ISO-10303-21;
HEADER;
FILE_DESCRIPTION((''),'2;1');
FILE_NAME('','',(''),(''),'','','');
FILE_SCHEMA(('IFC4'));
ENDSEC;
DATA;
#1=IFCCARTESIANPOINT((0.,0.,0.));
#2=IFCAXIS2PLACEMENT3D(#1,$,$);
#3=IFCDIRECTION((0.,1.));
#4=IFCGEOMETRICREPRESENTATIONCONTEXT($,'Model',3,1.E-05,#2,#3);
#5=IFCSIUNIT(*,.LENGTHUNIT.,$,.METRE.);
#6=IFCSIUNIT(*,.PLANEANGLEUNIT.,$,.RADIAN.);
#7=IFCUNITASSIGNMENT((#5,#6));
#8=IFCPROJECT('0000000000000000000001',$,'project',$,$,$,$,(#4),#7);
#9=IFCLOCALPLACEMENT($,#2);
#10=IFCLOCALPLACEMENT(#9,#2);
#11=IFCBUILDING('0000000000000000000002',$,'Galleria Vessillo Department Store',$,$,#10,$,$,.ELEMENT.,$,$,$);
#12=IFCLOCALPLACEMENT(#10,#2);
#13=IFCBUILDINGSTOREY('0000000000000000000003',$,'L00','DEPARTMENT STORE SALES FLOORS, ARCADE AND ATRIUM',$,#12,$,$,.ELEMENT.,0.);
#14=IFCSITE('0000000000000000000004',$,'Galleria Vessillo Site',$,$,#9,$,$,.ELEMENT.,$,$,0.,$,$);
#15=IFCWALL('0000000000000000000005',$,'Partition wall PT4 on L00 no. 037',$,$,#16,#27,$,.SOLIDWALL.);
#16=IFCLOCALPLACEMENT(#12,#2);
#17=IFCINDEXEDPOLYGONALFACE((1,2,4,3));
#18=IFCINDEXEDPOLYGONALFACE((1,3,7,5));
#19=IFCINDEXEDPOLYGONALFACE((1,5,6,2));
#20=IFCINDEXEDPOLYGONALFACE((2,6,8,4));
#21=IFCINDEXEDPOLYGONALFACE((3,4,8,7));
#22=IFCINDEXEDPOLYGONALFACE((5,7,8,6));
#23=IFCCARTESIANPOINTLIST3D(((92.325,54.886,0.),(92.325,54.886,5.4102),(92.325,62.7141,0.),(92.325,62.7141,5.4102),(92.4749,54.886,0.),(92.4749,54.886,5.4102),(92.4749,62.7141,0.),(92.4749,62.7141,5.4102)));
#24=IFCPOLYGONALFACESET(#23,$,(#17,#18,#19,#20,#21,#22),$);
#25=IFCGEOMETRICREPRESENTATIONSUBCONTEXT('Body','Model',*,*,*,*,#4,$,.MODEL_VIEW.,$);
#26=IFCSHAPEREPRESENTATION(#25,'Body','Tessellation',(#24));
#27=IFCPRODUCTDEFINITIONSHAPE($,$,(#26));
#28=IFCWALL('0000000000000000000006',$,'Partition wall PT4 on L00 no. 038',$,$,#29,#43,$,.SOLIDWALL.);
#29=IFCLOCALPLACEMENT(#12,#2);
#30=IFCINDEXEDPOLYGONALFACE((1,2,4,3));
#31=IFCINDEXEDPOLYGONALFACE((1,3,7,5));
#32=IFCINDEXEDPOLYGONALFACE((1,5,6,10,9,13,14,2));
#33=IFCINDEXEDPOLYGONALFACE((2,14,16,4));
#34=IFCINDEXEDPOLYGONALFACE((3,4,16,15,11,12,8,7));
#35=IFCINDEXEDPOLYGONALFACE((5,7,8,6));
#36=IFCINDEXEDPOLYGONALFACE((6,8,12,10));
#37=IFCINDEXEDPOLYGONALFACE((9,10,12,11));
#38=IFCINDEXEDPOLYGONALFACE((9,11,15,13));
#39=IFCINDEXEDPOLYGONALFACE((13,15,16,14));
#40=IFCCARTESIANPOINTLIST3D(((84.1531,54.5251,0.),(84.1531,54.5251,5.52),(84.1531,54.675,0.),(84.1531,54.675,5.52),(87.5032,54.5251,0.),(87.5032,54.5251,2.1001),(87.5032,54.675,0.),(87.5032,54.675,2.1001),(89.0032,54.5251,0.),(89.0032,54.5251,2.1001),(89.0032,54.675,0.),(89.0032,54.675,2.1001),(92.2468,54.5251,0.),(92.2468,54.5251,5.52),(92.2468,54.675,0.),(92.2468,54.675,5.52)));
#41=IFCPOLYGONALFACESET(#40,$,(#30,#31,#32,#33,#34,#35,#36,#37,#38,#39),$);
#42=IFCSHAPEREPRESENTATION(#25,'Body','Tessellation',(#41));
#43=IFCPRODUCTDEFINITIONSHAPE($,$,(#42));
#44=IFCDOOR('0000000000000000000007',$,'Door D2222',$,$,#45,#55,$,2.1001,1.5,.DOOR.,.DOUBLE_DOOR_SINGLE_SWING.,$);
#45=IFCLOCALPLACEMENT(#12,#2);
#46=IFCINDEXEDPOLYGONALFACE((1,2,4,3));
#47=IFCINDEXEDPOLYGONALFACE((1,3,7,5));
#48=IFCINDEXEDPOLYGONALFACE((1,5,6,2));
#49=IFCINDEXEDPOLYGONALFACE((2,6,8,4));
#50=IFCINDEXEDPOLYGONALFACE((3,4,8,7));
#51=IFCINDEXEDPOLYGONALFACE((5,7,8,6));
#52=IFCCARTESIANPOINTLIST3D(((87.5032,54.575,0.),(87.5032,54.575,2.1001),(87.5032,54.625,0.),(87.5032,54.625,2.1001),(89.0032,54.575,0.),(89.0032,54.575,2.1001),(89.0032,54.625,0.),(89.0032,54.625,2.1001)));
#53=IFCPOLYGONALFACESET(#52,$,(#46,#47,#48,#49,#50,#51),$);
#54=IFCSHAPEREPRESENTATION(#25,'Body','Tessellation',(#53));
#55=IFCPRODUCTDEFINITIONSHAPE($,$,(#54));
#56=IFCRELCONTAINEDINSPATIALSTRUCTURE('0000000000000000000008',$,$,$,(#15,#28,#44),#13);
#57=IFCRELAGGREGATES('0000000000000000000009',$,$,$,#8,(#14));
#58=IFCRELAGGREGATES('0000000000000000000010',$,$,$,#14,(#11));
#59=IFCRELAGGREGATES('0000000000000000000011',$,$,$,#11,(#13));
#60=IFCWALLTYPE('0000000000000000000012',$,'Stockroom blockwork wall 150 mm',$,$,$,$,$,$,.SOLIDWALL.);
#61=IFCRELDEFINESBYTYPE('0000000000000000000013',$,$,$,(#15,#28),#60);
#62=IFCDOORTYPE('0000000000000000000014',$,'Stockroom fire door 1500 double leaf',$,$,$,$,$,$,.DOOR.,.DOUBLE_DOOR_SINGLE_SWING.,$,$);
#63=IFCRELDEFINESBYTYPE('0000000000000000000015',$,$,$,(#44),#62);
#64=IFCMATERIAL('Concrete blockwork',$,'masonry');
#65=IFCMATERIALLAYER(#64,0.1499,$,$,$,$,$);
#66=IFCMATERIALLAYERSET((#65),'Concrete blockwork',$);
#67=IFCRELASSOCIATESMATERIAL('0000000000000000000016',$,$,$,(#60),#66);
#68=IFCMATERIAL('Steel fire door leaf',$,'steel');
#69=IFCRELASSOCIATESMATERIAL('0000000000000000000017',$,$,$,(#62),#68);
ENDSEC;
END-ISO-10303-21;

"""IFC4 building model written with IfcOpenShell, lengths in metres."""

from ifc_helpers import new_model, si_unit, direction, frame, frame_2d, origin, place, context, subcontext, project, spatial, rectangle, extrude, material, layer, layer_set, type_object, element, fill, save


model = new_model("IFC4")

# Units and contexts
model_context = context("Model", 3, precision=1e-05, world=origin(), true_north=direction((0.0, 1.0)))
body_context = subcontext(model_context, "Body", "Model", "MODEL_VIEW")
ifc_project = project(units=[si_unit("LENGTHUNIT", "METRE"), si_unit("PLANEANGLEUNIT", "RADIAN")], contexts=[model_context])

# Site, building, storey
site_placement = place(None, origin())
site = spatial("IfcSite", under=ifc_project, at=site_placement, Name="Galleria Vessillo Site", CompositionType="ELEMENT", RefElevation=0.0)
building_placement = place(site_placement, origin())
building = spatial("IfcBuilding", under=site, at=building_placement, Name="Galleria Vessillo Department Store", CompositionType="ELEMENT")
storey_placement = place(building_placement, origin())
storey = spatial("IfcBuildingStorey", under=building, at=storey_placement, Name="L00", Description="DEPARTMENT STORE SALES FLOORS, ARCADE AND ATRIUM", CompositionType="ELEMENT", Elevation=0.0)

# Wall
ifc_material_1 = material(Name="Concrete blockwork", Category="masonry")
ifc_layer_1 = layer(ifc_material_1, 0.1499)
ifc_layer_set_1 = layer_set([ifc_layer_1], Name="Concrete blockwork")
wall_type_1 = type_object("IfcWallType", Name="Stockroom blockwork wall 150 mm", PredefinedType="SOLIDWALL", material=ifc_layer_set_1)
wall_1_placement = place(storey_placement, frame((92.3999, 54.886, 0.0), z_axis=(0.0, 0.0, 1.0), x_axis=(0.0, 1.0, 0.0)))
element("IfcWall", 1, at=wall_1_placement, inside=storey, type_object=wall_type_1, Name="Partition wall PT4 on L00 no. 037", PredefinedType="SOLIDWALL", context=body_context, shape_type="SweptSolid", body=[
    extrude(rectangle(XDim=7.8281, YDim=0.1499, at=frame_2d((3.9141, 0.0))), origin(), (0.0, 0.0, 1.0), 5.4102),
])

# Wall, opening, door
wall_2_placement = place(storey_placement, frame((84.1531, 54.6001, 0.0), z_axis=(0.0, 0.0, 1.0), x_axis=(1.0, 0.0, 0.0)))
wall_2 = element("IfcWall", 2, at=wall_2_placement, inside=storey, type_object=wall_type_1, Name="Partition wall PT4 on L00 no. 038", PredefinedType="SOLIDWALL", context=body_context, shape_type="SweptSolid", body=[
    extrude(rectangle(XDim=8.0938, YDim=0.1499, at=frame_2d((4.0469, 0.0))), origin(), (0.0, 0.0, 1.0), 5.52),
])
opening_1_placement = place(wall_2_placement, frame((3.3501, 0.0, 0.0)))
opening_1 = element("IfcOpeningElement", 3, at=opening_1_placement, cuts=wall_2, PredefinedType="OPENING", context=body_context, shape_type="SweptSolid", body=[
    extrude(rectangle(XDim=1.5, YDim=2.1001, at=frame_2d((0.75, 1.05))), frame((0.0, 0.085, 0.0), z_axis=(0.0, -1.0, 0.0), x_axis=(1.0, 0.0, 0.0)), (0.0, 0.0, 1.0), 0.1699),
])
ifc_material_2 = material(Name="Steel fire door leaf", Category="steel")
door_type_1 = type_object("IfcDoorType", Name="Stockroom fire door 1500 double leaf", OperationType="DOUBLE_DOOR_SINGLE_SWING", PredefinedType="DOOR", material=ifc_material_2)
door_1_placement = place(opening_1_placement, origin())
door_1 = element("IfcDoor", 4, at=door_1_placement, inside=storey, type_object=door_type_1, Name="Door D2222", OperationType="DOUBLE_DOOR_SINGLE_SWING", OverallHeight=2.1001, OverallWidth=1.5, PredefinedType="DOOR", context=body_context, shape_type="SweptSolid", body=[
    extrude(rectangle(XDim=1.5, YDim=2.1001, at=frame_2d((0.75, 1.05))), frame((0.0, 0.0249, 0.0), z_axis=(0.0, -1.0, 0.0), x_axis=(1.0, 0.0, 0.0)), (0.0, 0.0, 1.0), 0.05),
])
fill(opening_1, door_1)

save(model, "model.ifc")
